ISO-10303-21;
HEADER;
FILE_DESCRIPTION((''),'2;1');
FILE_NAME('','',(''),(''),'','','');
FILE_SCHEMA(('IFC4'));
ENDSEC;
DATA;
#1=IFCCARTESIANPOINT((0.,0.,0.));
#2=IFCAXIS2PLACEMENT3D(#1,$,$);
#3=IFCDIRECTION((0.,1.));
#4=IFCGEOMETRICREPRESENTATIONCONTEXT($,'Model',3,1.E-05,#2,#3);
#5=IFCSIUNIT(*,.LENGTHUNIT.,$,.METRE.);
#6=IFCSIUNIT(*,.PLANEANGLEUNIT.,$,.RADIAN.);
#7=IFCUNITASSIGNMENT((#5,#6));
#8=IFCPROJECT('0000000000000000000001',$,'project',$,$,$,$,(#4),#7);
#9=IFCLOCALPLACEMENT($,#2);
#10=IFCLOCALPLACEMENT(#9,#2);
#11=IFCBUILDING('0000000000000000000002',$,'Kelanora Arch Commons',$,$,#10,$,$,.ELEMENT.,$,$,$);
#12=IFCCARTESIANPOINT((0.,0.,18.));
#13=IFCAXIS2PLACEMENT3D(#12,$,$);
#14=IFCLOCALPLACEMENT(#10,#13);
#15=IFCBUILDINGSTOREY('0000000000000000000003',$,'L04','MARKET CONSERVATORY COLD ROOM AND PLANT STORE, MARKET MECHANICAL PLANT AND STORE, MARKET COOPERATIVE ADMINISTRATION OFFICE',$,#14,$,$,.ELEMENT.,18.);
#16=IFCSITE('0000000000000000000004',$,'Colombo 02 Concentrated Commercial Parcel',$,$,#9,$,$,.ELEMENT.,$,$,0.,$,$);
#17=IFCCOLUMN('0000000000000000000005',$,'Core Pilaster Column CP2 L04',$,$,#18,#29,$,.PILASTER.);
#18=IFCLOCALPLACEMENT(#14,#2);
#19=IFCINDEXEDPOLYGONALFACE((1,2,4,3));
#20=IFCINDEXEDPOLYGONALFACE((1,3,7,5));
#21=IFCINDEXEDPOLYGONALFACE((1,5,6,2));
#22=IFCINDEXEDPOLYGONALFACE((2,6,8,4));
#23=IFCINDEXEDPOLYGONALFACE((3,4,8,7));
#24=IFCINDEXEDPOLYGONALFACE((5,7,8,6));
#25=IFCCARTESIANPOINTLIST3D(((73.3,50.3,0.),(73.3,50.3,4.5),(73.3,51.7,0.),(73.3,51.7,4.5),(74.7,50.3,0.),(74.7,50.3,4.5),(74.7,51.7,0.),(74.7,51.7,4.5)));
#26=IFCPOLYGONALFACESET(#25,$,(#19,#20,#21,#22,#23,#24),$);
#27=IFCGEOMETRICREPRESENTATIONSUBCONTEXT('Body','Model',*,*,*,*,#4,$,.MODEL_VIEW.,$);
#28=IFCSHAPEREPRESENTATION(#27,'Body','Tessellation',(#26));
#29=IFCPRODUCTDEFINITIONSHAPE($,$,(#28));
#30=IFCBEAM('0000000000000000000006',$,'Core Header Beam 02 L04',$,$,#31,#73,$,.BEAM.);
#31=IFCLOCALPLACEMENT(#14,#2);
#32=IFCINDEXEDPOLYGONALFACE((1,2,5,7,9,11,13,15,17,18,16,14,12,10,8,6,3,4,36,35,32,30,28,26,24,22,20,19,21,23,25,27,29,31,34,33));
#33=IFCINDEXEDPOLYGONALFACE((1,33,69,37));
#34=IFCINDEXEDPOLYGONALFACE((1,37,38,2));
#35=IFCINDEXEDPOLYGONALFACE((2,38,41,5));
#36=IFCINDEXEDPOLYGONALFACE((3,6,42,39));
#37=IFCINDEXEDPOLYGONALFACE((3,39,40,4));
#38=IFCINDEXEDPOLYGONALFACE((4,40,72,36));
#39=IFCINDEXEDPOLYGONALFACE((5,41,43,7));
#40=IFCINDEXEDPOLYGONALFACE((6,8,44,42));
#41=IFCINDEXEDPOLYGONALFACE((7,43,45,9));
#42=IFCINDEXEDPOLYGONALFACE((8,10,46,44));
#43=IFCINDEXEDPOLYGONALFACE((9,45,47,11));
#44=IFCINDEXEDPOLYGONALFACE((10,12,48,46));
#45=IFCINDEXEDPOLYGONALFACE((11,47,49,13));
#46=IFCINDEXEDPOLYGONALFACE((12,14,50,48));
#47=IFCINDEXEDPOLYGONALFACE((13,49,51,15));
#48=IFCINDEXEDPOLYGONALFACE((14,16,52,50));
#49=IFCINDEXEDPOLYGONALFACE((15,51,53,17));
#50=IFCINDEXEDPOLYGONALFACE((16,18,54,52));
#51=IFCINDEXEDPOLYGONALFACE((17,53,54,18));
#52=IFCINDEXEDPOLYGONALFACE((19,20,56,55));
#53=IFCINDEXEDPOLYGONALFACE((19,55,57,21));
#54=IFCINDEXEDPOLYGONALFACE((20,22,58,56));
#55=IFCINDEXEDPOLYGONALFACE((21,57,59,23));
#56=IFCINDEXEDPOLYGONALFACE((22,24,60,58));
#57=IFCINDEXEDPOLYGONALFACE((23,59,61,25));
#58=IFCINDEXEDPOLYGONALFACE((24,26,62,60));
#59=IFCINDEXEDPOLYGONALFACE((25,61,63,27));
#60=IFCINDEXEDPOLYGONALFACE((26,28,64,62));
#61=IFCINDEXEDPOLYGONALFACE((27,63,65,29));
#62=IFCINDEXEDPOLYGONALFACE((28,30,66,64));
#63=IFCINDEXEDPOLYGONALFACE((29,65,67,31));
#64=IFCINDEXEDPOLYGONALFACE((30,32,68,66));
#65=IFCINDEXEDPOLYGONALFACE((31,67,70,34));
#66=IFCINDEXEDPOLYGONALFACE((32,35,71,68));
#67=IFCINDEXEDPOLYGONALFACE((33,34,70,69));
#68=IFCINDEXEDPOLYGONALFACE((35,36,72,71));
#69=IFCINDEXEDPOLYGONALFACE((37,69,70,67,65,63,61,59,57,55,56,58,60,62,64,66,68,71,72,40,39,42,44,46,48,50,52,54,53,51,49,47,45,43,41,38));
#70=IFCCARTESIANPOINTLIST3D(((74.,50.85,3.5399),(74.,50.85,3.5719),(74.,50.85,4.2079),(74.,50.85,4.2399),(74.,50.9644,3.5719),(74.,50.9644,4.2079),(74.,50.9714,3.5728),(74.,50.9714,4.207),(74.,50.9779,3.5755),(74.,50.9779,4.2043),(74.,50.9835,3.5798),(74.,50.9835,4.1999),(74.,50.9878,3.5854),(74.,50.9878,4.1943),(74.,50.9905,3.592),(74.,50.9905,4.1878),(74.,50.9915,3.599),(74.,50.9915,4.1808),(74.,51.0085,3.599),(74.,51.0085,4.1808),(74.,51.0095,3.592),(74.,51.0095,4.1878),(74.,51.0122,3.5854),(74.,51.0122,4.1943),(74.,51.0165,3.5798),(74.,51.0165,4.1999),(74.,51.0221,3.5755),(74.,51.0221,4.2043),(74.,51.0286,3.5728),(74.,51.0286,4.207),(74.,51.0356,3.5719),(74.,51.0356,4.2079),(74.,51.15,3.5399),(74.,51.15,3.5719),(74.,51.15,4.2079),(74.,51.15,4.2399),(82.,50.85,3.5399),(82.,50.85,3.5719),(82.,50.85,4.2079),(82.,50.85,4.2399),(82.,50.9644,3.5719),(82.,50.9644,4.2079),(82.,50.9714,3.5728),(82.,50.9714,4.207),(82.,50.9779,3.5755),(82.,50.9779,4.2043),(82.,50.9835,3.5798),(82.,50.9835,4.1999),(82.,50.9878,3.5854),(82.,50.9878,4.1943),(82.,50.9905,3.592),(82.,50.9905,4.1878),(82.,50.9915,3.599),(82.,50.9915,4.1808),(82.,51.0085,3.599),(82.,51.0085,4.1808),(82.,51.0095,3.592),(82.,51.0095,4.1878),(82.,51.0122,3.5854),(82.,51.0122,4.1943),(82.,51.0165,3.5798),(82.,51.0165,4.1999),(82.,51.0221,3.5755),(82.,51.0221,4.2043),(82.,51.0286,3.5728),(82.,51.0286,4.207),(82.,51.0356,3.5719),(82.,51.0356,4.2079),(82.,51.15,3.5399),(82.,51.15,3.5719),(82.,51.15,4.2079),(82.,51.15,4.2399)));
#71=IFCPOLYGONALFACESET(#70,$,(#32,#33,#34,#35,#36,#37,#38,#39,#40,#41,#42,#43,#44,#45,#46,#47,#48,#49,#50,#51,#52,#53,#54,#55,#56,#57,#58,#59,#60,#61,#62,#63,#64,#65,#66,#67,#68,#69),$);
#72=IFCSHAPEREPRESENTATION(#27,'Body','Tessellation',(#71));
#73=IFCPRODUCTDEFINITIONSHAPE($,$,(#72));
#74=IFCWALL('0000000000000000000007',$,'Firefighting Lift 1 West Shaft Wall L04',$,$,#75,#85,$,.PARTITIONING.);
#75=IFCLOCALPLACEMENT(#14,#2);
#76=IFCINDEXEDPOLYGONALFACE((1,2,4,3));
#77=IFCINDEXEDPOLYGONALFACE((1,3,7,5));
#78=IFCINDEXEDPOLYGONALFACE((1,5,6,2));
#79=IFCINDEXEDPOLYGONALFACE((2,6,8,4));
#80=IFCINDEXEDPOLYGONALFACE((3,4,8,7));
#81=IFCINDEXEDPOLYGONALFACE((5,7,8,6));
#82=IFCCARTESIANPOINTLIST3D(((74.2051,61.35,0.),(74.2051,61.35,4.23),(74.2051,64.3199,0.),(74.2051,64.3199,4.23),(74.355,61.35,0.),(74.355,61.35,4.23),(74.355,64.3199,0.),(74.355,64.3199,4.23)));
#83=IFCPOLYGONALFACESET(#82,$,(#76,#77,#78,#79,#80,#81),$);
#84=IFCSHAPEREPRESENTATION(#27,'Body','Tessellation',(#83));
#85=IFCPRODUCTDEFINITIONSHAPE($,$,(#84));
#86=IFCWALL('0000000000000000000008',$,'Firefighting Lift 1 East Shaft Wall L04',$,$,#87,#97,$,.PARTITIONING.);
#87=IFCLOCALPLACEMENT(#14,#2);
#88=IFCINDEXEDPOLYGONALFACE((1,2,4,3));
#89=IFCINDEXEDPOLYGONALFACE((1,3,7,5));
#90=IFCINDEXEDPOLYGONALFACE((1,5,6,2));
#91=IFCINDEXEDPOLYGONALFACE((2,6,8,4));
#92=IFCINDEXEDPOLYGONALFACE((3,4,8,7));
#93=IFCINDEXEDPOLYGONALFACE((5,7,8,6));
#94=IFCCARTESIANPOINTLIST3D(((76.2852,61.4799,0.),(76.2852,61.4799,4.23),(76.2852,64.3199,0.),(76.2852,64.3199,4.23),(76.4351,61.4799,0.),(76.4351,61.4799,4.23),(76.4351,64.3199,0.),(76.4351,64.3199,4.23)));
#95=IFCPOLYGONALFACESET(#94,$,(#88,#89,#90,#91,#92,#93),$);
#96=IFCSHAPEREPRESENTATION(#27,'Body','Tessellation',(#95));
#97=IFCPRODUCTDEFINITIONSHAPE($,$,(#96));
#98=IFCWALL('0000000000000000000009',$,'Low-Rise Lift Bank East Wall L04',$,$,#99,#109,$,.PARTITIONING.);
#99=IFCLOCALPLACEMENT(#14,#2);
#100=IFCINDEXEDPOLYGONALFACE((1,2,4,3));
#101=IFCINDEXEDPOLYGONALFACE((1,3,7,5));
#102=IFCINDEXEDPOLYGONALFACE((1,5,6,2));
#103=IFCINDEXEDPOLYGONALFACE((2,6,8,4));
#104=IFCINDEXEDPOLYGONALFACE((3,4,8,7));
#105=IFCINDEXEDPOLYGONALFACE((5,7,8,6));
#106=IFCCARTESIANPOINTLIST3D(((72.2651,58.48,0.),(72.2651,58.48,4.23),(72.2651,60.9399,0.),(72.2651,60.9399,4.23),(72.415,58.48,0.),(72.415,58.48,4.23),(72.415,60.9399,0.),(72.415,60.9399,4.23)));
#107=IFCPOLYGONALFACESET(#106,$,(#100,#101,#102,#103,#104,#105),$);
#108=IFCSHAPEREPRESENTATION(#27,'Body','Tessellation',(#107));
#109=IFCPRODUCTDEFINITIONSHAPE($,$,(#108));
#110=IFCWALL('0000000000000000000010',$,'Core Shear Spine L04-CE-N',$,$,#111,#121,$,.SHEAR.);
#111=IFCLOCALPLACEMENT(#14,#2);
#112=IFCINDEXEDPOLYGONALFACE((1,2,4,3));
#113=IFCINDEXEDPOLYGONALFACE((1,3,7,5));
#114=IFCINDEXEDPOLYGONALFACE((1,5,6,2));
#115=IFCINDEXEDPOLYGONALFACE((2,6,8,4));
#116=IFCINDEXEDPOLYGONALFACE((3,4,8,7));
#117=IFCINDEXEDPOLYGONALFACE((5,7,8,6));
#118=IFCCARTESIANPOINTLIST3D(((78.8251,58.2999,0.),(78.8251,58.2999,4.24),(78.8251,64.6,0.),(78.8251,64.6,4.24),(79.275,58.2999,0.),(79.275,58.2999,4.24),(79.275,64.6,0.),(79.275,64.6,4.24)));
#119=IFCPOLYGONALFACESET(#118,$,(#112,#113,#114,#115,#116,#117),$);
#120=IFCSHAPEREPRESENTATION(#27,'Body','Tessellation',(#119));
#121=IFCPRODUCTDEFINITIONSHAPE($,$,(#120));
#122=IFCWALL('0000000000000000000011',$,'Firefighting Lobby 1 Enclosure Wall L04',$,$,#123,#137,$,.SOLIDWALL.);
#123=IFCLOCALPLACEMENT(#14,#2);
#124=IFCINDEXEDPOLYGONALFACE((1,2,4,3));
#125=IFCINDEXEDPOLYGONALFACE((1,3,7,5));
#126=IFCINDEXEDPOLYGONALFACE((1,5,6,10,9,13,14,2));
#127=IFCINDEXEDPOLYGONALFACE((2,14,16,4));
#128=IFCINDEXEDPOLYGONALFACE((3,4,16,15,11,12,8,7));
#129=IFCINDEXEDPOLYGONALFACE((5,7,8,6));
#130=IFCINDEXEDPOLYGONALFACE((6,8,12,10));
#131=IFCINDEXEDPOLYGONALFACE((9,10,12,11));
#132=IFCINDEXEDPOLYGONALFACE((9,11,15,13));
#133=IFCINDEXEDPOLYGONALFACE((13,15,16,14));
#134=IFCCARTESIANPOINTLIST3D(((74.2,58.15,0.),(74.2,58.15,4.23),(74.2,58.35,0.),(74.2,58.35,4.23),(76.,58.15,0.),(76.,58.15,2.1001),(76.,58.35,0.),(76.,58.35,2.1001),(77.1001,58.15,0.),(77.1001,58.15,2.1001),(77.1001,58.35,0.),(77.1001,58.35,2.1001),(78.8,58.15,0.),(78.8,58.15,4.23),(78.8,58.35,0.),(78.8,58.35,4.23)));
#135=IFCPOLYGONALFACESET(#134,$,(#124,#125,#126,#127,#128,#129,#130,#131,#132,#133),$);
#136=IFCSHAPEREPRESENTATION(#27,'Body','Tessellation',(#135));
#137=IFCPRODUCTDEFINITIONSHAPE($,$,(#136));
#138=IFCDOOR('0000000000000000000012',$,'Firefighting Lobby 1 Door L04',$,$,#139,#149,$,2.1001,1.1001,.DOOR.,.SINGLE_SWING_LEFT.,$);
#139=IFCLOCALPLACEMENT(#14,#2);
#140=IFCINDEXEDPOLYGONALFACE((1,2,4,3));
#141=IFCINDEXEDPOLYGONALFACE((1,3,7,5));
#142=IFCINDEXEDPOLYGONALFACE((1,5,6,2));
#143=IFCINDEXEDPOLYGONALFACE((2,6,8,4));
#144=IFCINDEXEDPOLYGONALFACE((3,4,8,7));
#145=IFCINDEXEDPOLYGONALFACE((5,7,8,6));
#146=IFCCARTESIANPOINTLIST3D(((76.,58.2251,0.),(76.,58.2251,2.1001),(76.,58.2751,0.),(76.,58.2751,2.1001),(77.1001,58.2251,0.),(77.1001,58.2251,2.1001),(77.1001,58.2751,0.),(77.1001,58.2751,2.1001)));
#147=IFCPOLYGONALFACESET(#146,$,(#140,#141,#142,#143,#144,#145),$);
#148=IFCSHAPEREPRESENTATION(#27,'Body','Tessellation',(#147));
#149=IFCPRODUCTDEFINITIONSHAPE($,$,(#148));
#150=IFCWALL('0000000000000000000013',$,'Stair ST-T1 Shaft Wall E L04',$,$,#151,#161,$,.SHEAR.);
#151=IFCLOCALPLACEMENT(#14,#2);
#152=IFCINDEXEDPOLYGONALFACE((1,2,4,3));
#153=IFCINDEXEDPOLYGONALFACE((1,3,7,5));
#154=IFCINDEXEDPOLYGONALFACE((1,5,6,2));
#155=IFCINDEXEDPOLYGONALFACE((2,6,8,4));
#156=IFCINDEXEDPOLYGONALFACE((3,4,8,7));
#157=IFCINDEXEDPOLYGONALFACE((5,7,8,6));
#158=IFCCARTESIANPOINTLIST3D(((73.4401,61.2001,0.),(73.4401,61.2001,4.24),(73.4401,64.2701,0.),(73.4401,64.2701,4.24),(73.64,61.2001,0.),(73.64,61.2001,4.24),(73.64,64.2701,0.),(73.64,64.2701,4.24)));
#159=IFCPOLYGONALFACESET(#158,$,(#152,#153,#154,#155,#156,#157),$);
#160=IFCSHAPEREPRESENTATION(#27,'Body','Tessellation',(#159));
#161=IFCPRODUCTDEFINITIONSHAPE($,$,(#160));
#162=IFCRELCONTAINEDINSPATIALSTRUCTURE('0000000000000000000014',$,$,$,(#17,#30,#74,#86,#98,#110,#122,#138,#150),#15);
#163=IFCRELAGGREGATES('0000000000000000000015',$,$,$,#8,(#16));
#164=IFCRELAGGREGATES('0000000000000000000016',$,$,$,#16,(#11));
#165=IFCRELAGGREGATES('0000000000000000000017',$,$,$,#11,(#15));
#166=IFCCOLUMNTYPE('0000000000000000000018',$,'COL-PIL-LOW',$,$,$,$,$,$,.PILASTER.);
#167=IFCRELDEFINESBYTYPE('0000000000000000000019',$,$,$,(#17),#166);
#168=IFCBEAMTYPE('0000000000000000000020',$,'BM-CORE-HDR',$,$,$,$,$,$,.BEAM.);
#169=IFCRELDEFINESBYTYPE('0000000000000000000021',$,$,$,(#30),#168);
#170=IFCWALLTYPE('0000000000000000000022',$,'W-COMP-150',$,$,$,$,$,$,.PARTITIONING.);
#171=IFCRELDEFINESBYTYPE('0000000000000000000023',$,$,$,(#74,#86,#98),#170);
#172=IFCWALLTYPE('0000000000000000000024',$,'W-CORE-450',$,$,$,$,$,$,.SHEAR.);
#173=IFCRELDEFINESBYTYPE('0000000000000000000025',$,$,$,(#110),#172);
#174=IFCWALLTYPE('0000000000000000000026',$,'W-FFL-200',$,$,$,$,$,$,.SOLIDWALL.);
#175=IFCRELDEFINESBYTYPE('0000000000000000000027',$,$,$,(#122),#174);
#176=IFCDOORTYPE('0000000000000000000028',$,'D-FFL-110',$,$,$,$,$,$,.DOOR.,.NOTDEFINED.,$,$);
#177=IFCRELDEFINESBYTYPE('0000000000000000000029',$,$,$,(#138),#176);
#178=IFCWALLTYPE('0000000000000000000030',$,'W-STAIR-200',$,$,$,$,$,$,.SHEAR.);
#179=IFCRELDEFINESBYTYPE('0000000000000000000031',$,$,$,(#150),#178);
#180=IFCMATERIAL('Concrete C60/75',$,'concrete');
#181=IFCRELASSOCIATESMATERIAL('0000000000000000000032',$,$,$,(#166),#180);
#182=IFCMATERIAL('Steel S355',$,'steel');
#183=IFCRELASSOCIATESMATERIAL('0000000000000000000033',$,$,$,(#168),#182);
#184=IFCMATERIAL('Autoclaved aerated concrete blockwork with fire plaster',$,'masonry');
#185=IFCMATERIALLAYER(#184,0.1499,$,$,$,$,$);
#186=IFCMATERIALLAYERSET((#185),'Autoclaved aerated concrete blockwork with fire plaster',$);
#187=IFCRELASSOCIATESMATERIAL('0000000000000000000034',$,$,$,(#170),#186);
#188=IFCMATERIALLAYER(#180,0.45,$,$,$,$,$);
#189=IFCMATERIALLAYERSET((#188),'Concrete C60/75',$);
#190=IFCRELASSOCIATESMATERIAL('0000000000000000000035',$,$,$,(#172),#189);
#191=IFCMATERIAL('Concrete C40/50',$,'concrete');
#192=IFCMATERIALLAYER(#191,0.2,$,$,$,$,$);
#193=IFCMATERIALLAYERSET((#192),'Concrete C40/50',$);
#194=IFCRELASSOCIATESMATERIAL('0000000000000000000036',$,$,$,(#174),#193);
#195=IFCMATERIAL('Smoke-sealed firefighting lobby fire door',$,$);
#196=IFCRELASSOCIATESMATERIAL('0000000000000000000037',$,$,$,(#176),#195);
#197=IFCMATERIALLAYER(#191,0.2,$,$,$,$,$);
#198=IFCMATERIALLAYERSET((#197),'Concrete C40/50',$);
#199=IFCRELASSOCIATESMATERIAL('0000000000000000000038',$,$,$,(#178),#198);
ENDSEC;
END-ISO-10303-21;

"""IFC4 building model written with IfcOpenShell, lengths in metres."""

from ifc_helpers import new_model, si_unit, direction, frame, frame_2d, origin, origin_2d, place, context, subcontext, project, spatial, rectangle, i_section, extrude, material, layer, layer_set, material_profile, profile_set, type_object, element, fill, save


model = new_model("IFC4")

# Units and contexts
model_context = context("Model", 3, precision=1e-05, world=origin(), true_north=direction((0.0, 1.0)))
body_context = subcontext(model_context, "Body", "Model", "MODEL_VIEW")
ifc_project = project(units=[si_unit("LENGTHUNIT", "METRE"), si_unit("PLANEANGLEUNIT", "RADIAN")], contexts=[model_context])

# Site, building, storey
site_placement = place(None, origin())
site = spatial("IfcSite", under=ifc_project, at=site_placement, Name="Colombo 02 Concentrated Commercial Parcel", CompositionType="ELEMENT", RefElevation=0.0)
building_placement = place(site_placement, origin())
building = spatial("IfcBuilding", under=site, at=building_placement, Name="Kelanora Arch Commons", CompositionType="ELEMENT")
storey_placement = place(building_placement, frame((0.0, 0.0, 18.0)))
storey = spatial("IfcBuildingStorey", under=building, at=storey_placement, Name="L04", Description="MARKET CONSERVATORY COLD ROOM AND PLANT STORE, MARKET MECHANICAL PLANT AND STORE, MARKET COOPERATIVE ADMINISTRATION OFFICE", CompositionType="ELEMENT", Elevation=18.0)

# Column
ifc_material_1 = material(Name="Concrete C60/75", Category="concrete")
ifc_material_profile_1 = material_profile(ifc_material_1, rectangle(XDim=1.3999, YDim=1.3999, at=origin_2d()), Name="RC1400x1400")
ifc_profile_set_1 = profile_set([ifc_material_profile_1], Name="Concrete C60/75")
column_type = type_object("IfcColumnType", Name="COL-PIL-LOW", PredefinedType="PILASTER", material=ifc_profile_set_1)
column_placement = place(storey_placement, frame((74.0, 51.0, 0.0), z_axis=(0.0, 0.0, 1.0), x_axis=(1.0, 0.0, 0.0)))
element("IfcColumn", 1, at=column_placement, inside=storey, type_object=column_type, Name="Core Pilaster Column CP2 L04", PredefinedType="PILASTER", context=body_context, shape_type="SweptSolid", body=[
    extrude(rectangle(XDim=1.3999, YDim=1.3999, at=origin_2d()), origin(), (0.0, 0.0, 1.0), 4.5),
])

# Beam
ifc_material_2 = material(Name="Steel S355", Category="steel")
ifc_material_profile_2 = material_profile(ifc_material_2, i_section(OverallWidth=0.3, OverallDepth=0.7, WebThickness=0.0171, FlangeThickness=0.032, FilletRadius=0.0271, at=origin_2d()), Name="HEB700")
ifc_profile_set_2 = profile_set([ifc_material_profile_2], Name="Steel S355")
beam_type = type_object("IfcBeamType", Name="BM-CORE-HDR", PredefinedType="BEAM", material=ifc_profile_set_2)
beam_placement = place(storey_placement, frame((74.0, 51.0, 3.8899), z_axis=(1.0, 0.0, 0.0), x_axis=(0.0, 1.0, 0.0)))
element("IfcBeam", 2, at=beam_placement, inside=storey, type_object=beam_type, Name="Core Header Beam 02 L04", PredefinedType="BEAM", context=body_context, shape_type="SweptSolid", body=[
    extrude(i_section(OverallWidth=0.3, OverallDepth=0.7, WebThickness=0.0171, FlangeThickness=0.032, FilletRadius=0.0271, at=origin_2d()), origin(), (0.0, 0.0, 1.0), 8.0),
])

# Walls
ifc_material_3 = material(Name="Autoclaved aerated concrete blockwork with fire plaster", Category="masonry")
ifc_layer_1 = layer(ifc_material_3, 0.1499)
ifc_layer_set_1 = layer_set([ifc_layer_1], Name="Autoclaved aerated concrete blockwork with fire plaster")
wall_type_1 = type_object("IfcWallType", Name="W-COMP-150", PredefinedType="PARTITIONING", material=ifc_layer_set_1)
wall_1_placement = place(storey_placement, frame((74.28, 61.3501, 0.0), z_axis=(0.0, 0.0, 1.0), x_axis=(0.0, 1.0, 0.0)))
element("IfcWall", 3, at=wall_1_placement, inside=storey, type_object=wall_type_1, Name="Firefighting Lift 1 West Shaft Wall L04", PredefinedType="PARTITIONING", context=body_context, shape_type="SweptSolid", body=[
    extrude(rectangle(XDim=2.97, YDim=0.1499, at=frame_2d((1.4849, 0.0))), origin(), (0.0, 0.0, 1.0), 4.23),
])
wall_2_placement = place(storey_placement, frame((76.3601, 61.48, 0.0), z_axis=(0.0, 0.0, 1.0), x_axis=(0.0, 1.0, 0.0)))
element("IfcWall", 4, at=wall_2_placement, inside=storey, type_object=wall_type_1, Name="Firefighting Lift 1 East Shaft Wall L04", PredefinedType="PARTITIONING", context=body_context, shape_type="SweptSolid", body=[
    extrude(rectangle(XDim=2.8401, YDim=0.1499, at=frame_2d((1.4199, 0.0))), origin(), (0.0, 0.0, 1.0), 4.23),
])
wall_3_placement = place(storey_placement, frame((72.3401, 58.48, 0.0), z_axis=(0.0, 0.0, 1.0), x_axis=(0.0, 1.0, 0.0)))
element("IfcWall", 5, at=wall_3_placement, inside=storey, type_object=wall_type_1, Name="Low-Rise Lift Bank East Wall L04", PredefinedType="PARTITIONING", context=body_context, shape_type="SweptSolid", body=[
    extrude(rectangle(XDim=2.46, YDim=0.1499, at=frame_2d((1.23, 0.0))), origin(), (0.0, 0.0, 1.0), 4.23),
])
ifc_layer_2 = layer(ifc_material_1, 0.45)
ifc_layer_set_2 = layer_set([ifc_layer_2], Name="Concrete C60/75")
wall_type_2 = type_object("IfcWallType", Name="W-CORE-450", PredefinedType="SHEAR", material=ifc_layer_set_2)
wall_4_placement = place(storey_placement, frame((79.05, 58.3, 0.0), z_axis=(0.0, 0.0, 1.0), x_axis=(0.0, 1.0, 0.0)))
element("IfcWall", 6, at=wall_4_placement, inside=storey, type_object=wall_type_2, Name="Core Shear Spine L04-CE-N", PredefinedType="SHEAR", context=body_context, shape_type="SweptSolid", body=[
    extrude(rectangle(XDim=6.3, YDim=0.45, at=frame_2d((3.1499, 0.0))), origin(), (0.0, 0.0, 1.0), 4.24),
])

# Wall, opening, door
ifc_material_4 = material(Name="Concrete C40/50", Category="concrete")
ifc_layer_3 = layer(ifc_material_4, 0.2)
ifc_layer_set_3 = layer_set([ifc_layer_3], Name="Concrete C40/50")
wall_type_3 = type_object("IfcWallType", Name="W-FFL-200", PredefinedType="SOLIDWALL", material=ifc_layer_set_3)
wall_5_placement = place(storey_placement, frame((74.2, 58.25, 0.0), z_axis=(0.0, 0.0, 1.0), x_axis=(1.0, 0.0, 0.0)))
wall_5 = element("IfcWall", 7, at=wall_5_placement, inside=storey, type_object=wall_type_3, Name="Firefighting Lobby 1 Enclosure Wall L04", PredefinedType="SOLIDWALL", context=body_context, shape_type="SweptSolid", body=[
    extrude(rectangle(XDim=4.6001, YDim=0.2, at=frame_2d((2.3, 0.0))), origin(), (0.0, 0.0, 1.0), 4.23),
])
opening_1_placement = place(wall_5_placement, frame((1.8, 0.0, 0.0)))
opening_1 = element("IfcOpeningElement", 8, at=opening_1_placement, cuts=wall_5, PredefinedType="OPENING", context=body_context, shape_type="SweptSolid", body=[
    extrude(rectangle(XDim=1.1001, YDim=2.1001, at=frame_2d((0.55, 1.05))), frame((0.0, 0.1099, 0.0), z_axis=(0.0, -1.0, 0.0), x_axis=(1.0, 0.0, 0.0)), (0.0, 0.0, 1.0), 0.22),
])
ifc_material_5 = material(Name="Smoke-sealed firefighting lobby fire door")
door_type_1 = type_object("IfcDoorType", Name="D-FFL-110", OperationType="NOTDEFINED", PredefinedType="DOOR", material=ifc_material_5)
door_1_placement = place(opening_1_placement, frame((1.1001, 0.0, 0.0), z_axis=(0.0, 0.0, 1.0), x_axis=(-1.0, 0.0, 0.0)))
door_1 = element("IfcDoor", 9, at=door_1_placement, inside=storey, type_object=door_type_1, Name="Firefighting Lobby 1 Door L04", OperationType="SINGLE_SWING_LEFT", OverallHeight=2.1001, OverallWidth=1.1001, PredefinedType="DOOR", context=body_context, shape_type="SweptSolid", body=[
    extrude(rectangle(XDim=1.1001, YDim=2.1001, at=frame_2d((0.55, 1.05))), frame((0.0, 0.0249, 0.0), z_axis=(0.0, -1.0, 0.0), x_axis=(1.0, 0.0, 0.0)), (0.0, 0.0, 1.0), 0.05),
])
fill(opening_1, door_1)

# Wall
ifc_layer_4 = layer(ifc_material_4, 0.2)
ifc_layer_set_4 = layer_set([ifc_layer_4], Name="Concrete C40/50")
wall_type_4 = type_object("IfcWallType", Name="W-STAIR-200", PredefinedType="SHEAR", material=ifc_layer_set_4)
wall_6_placement = place(storey_placement, frame((73.54, 61.2, 0.0), z_axis=(0.0, 0.0, 1.0), x_axis=(0.0, 1.0, 0.0)))
element("IfcWall", 10, at=wall_6_placement, inside=storey, type_object=wall_type_4, Name="Stair ST-T1 Shaft Wall E L04", PredefinedType="SHEAR", context=body_context, shape_type="SweptSolid", body=[
    extrude(rectangle(XDim=3.0701, YDim=0.2, at=frame_2d((1.5352, 0.0))), origin(), (0.0, 0.0, 1.0), 4.24),
])

save(model, "model.ifc")
